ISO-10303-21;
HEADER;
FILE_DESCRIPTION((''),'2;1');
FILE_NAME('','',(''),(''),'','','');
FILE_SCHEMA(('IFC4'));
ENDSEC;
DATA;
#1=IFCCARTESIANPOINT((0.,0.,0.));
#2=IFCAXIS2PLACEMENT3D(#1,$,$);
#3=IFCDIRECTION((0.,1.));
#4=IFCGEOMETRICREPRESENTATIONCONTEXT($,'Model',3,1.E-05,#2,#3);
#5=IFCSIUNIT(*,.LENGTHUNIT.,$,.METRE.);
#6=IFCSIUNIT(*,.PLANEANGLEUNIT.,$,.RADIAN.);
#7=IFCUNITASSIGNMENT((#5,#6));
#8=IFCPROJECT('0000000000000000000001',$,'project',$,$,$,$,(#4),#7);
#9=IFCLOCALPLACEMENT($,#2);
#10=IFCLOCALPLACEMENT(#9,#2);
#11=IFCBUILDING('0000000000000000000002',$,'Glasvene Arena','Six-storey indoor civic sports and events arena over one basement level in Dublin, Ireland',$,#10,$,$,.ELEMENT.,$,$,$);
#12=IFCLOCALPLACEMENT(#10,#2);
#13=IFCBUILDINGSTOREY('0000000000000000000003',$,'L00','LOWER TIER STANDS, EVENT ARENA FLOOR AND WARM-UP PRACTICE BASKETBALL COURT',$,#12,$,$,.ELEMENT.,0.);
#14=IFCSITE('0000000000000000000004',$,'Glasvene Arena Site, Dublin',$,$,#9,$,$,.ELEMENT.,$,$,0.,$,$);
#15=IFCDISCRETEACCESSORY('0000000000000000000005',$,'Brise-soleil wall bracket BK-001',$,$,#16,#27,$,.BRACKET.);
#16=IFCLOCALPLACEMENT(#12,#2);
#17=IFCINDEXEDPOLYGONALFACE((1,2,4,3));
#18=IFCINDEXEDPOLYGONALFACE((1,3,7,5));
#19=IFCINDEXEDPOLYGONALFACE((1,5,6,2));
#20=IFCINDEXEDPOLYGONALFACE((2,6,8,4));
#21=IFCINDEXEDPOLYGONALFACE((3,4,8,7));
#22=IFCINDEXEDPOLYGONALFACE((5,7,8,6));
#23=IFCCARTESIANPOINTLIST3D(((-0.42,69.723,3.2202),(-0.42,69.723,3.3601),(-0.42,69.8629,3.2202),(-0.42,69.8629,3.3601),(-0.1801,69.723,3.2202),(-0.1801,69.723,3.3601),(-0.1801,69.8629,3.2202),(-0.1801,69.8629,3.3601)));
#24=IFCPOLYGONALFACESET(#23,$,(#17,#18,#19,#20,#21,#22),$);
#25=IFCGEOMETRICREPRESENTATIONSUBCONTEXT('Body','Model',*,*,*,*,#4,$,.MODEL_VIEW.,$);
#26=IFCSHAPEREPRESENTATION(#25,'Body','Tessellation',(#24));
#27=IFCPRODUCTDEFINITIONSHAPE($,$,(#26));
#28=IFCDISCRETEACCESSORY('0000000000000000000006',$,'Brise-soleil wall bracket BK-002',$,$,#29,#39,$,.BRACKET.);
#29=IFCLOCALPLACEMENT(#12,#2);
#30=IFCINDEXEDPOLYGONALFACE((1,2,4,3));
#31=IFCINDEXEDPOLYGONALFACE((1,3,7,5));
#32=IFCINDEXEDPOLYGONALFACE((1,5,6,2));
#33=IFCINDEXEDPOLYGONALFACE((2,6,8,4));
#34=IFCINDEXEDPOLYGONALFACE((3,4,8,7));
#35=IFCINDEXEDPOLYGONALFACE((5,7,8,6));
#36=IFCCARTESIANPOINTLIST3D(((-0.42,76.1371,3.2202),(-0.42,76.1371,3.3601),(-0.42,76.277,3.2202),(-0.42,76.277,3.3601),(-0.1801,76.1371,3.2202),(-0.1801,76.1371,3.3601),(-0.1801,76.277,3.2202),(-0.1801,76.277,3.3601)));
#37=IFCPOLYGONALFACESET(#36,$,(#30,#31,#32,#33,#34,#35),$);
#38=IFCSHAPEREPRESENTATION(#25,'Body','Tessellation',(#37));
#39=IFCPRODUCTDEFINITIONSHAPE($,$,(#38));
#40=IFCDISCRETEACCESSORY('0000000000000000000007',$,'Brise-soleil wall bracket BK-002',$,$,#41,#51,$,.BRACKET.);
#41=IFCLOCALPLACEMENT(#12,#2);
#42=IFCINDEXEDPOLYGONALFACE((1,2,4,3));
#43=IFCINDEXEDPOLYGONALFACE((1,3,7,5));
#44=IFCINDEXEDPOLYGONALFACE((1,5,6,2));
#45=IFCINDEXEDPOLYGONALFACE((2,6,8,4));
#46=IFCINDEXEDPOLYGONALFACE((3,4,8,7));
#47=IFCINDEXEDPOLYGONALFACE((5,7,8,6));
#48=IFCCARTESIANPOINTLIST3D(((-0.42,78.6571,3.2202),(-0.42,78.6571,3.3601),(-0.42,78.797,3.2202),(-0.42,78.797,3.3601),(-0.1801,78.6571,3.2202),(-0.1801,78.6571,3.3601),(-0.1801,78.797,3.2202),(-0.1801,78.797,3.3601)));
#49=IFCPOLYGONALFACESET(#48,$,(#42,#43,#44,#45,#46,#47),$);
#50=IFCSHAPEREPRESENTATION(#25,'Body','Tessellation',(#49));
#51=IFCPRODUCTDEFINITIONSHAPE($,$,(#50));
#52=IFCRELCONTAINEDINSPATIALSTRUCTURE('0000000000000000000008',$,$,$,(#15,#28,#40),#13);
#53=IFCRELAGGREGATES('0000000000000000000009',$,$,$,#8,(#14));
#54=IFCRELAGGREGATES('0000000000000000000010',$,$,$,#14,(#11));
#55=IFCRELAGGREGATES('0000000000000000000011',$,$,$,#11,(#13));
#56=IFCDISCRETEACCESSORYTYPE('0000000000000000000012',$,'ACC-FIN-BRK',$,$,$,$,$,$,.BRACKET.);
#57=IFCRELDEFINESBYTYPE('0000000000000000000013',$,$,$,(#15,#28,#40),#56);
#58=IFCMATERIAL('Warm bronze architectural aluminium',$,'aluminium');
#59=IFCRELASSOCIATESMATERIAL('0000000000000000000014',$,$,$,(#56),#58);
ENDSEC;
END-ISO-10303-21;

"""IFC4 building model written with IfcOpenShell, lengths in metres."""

from ifc_helpers import new_model, si_unit, direction, frame, origin, origin_2d, place, context, subcontext, project, spatial, rectangle, extrude, material, type_object, element, save


model = new_model("IFC4")

# Units and contexts
model_context = context("Model", 3, precision=1e-05, world=origin(), true_north=direction((0.0, 1.0)))
body_context = subcontext(model_context, "Body", "Model", "MODEL_VIEW")
ifc_project = project(units=[si_unit("LENGTHUNIT", "METRE"), si_unit("PLANEANGLEUNIT", "RADIAN")], contexts=[model_context])

# Site, building, storey
site_placement = place(None, origin())
site = spatial("IfcSite", under=ifc_project, at=site_placement, Name="Glasvene Arena Site, Dublin", CompositionType="ELEMENT", RefElevation=0.0)
building_placement = place(site_placement, origin())
building = spatial("IfcBuilding", under=site, at=building_placement, Name="Glasvene Arena", Description="Six-storey indoor civic sports and events arena over one basement level in Dublin, Ireland", CompositionType="ELEMENT")
storey_placement = place(building_placement, origin())
storey = spatial("IfcBuildingStorey", under=building, at=storey_placement, Name="L00", Description="LOWER TIER STANDS, EVENT ARENA FLOOR AND WARM-UP PRACTICE BASKETBALL COURT", CompositionType="ELEMENT", Elevation=0.0)

# Shared definitions
ifc_material_1 = material(Name="Warm bronze architectural aluminium", Category="aluminium")

# Discrete accessories
discrete_accessory_type = type_object("IfcDiscreteAccessoryType", Name="ACC-FIN-BRK", PredefinedType="BRACKET", material=ifc_material_1)
for number, where, z_axis, x_axis, name in (
    (1, (-0.3, 69.793, 3.2202), (0.0, 0.0, 1.0), (0.0, 1.0, 0.0), "Brise-soleil wall bracket BK-001"),
    (2, (-0.3, 76.207, 3.2202), (0.0, 0.0, 1.0), (0.0, 1.0, 0.0), "Brise-soleil wall bracket BK-002"),
    (3, (-0.3, 78.7271, 3.2202), (0.0, 0.0, 1.0), (0.0, 1.0, 0.0), "Brise-soleil wall bracket BK-002"),
):
    element("IfcDiscreteAccessory", number, at=place(storey_placement, frame(where, z_axis=z_axis, x_axis=x_axis)), inside=storey, type_object=discrete_accessory_type, Name=name, PredefinedType="BRACKET", context=body_context, shape_type="SweptSolid", body=[
        extrude(rectangle(XDim=0.1399, YDim=0.24, at=origin_2d()), origin(), (0.0, 0.0, 1.0), 0.1399),
    ])

save(model, "model.ifc")
